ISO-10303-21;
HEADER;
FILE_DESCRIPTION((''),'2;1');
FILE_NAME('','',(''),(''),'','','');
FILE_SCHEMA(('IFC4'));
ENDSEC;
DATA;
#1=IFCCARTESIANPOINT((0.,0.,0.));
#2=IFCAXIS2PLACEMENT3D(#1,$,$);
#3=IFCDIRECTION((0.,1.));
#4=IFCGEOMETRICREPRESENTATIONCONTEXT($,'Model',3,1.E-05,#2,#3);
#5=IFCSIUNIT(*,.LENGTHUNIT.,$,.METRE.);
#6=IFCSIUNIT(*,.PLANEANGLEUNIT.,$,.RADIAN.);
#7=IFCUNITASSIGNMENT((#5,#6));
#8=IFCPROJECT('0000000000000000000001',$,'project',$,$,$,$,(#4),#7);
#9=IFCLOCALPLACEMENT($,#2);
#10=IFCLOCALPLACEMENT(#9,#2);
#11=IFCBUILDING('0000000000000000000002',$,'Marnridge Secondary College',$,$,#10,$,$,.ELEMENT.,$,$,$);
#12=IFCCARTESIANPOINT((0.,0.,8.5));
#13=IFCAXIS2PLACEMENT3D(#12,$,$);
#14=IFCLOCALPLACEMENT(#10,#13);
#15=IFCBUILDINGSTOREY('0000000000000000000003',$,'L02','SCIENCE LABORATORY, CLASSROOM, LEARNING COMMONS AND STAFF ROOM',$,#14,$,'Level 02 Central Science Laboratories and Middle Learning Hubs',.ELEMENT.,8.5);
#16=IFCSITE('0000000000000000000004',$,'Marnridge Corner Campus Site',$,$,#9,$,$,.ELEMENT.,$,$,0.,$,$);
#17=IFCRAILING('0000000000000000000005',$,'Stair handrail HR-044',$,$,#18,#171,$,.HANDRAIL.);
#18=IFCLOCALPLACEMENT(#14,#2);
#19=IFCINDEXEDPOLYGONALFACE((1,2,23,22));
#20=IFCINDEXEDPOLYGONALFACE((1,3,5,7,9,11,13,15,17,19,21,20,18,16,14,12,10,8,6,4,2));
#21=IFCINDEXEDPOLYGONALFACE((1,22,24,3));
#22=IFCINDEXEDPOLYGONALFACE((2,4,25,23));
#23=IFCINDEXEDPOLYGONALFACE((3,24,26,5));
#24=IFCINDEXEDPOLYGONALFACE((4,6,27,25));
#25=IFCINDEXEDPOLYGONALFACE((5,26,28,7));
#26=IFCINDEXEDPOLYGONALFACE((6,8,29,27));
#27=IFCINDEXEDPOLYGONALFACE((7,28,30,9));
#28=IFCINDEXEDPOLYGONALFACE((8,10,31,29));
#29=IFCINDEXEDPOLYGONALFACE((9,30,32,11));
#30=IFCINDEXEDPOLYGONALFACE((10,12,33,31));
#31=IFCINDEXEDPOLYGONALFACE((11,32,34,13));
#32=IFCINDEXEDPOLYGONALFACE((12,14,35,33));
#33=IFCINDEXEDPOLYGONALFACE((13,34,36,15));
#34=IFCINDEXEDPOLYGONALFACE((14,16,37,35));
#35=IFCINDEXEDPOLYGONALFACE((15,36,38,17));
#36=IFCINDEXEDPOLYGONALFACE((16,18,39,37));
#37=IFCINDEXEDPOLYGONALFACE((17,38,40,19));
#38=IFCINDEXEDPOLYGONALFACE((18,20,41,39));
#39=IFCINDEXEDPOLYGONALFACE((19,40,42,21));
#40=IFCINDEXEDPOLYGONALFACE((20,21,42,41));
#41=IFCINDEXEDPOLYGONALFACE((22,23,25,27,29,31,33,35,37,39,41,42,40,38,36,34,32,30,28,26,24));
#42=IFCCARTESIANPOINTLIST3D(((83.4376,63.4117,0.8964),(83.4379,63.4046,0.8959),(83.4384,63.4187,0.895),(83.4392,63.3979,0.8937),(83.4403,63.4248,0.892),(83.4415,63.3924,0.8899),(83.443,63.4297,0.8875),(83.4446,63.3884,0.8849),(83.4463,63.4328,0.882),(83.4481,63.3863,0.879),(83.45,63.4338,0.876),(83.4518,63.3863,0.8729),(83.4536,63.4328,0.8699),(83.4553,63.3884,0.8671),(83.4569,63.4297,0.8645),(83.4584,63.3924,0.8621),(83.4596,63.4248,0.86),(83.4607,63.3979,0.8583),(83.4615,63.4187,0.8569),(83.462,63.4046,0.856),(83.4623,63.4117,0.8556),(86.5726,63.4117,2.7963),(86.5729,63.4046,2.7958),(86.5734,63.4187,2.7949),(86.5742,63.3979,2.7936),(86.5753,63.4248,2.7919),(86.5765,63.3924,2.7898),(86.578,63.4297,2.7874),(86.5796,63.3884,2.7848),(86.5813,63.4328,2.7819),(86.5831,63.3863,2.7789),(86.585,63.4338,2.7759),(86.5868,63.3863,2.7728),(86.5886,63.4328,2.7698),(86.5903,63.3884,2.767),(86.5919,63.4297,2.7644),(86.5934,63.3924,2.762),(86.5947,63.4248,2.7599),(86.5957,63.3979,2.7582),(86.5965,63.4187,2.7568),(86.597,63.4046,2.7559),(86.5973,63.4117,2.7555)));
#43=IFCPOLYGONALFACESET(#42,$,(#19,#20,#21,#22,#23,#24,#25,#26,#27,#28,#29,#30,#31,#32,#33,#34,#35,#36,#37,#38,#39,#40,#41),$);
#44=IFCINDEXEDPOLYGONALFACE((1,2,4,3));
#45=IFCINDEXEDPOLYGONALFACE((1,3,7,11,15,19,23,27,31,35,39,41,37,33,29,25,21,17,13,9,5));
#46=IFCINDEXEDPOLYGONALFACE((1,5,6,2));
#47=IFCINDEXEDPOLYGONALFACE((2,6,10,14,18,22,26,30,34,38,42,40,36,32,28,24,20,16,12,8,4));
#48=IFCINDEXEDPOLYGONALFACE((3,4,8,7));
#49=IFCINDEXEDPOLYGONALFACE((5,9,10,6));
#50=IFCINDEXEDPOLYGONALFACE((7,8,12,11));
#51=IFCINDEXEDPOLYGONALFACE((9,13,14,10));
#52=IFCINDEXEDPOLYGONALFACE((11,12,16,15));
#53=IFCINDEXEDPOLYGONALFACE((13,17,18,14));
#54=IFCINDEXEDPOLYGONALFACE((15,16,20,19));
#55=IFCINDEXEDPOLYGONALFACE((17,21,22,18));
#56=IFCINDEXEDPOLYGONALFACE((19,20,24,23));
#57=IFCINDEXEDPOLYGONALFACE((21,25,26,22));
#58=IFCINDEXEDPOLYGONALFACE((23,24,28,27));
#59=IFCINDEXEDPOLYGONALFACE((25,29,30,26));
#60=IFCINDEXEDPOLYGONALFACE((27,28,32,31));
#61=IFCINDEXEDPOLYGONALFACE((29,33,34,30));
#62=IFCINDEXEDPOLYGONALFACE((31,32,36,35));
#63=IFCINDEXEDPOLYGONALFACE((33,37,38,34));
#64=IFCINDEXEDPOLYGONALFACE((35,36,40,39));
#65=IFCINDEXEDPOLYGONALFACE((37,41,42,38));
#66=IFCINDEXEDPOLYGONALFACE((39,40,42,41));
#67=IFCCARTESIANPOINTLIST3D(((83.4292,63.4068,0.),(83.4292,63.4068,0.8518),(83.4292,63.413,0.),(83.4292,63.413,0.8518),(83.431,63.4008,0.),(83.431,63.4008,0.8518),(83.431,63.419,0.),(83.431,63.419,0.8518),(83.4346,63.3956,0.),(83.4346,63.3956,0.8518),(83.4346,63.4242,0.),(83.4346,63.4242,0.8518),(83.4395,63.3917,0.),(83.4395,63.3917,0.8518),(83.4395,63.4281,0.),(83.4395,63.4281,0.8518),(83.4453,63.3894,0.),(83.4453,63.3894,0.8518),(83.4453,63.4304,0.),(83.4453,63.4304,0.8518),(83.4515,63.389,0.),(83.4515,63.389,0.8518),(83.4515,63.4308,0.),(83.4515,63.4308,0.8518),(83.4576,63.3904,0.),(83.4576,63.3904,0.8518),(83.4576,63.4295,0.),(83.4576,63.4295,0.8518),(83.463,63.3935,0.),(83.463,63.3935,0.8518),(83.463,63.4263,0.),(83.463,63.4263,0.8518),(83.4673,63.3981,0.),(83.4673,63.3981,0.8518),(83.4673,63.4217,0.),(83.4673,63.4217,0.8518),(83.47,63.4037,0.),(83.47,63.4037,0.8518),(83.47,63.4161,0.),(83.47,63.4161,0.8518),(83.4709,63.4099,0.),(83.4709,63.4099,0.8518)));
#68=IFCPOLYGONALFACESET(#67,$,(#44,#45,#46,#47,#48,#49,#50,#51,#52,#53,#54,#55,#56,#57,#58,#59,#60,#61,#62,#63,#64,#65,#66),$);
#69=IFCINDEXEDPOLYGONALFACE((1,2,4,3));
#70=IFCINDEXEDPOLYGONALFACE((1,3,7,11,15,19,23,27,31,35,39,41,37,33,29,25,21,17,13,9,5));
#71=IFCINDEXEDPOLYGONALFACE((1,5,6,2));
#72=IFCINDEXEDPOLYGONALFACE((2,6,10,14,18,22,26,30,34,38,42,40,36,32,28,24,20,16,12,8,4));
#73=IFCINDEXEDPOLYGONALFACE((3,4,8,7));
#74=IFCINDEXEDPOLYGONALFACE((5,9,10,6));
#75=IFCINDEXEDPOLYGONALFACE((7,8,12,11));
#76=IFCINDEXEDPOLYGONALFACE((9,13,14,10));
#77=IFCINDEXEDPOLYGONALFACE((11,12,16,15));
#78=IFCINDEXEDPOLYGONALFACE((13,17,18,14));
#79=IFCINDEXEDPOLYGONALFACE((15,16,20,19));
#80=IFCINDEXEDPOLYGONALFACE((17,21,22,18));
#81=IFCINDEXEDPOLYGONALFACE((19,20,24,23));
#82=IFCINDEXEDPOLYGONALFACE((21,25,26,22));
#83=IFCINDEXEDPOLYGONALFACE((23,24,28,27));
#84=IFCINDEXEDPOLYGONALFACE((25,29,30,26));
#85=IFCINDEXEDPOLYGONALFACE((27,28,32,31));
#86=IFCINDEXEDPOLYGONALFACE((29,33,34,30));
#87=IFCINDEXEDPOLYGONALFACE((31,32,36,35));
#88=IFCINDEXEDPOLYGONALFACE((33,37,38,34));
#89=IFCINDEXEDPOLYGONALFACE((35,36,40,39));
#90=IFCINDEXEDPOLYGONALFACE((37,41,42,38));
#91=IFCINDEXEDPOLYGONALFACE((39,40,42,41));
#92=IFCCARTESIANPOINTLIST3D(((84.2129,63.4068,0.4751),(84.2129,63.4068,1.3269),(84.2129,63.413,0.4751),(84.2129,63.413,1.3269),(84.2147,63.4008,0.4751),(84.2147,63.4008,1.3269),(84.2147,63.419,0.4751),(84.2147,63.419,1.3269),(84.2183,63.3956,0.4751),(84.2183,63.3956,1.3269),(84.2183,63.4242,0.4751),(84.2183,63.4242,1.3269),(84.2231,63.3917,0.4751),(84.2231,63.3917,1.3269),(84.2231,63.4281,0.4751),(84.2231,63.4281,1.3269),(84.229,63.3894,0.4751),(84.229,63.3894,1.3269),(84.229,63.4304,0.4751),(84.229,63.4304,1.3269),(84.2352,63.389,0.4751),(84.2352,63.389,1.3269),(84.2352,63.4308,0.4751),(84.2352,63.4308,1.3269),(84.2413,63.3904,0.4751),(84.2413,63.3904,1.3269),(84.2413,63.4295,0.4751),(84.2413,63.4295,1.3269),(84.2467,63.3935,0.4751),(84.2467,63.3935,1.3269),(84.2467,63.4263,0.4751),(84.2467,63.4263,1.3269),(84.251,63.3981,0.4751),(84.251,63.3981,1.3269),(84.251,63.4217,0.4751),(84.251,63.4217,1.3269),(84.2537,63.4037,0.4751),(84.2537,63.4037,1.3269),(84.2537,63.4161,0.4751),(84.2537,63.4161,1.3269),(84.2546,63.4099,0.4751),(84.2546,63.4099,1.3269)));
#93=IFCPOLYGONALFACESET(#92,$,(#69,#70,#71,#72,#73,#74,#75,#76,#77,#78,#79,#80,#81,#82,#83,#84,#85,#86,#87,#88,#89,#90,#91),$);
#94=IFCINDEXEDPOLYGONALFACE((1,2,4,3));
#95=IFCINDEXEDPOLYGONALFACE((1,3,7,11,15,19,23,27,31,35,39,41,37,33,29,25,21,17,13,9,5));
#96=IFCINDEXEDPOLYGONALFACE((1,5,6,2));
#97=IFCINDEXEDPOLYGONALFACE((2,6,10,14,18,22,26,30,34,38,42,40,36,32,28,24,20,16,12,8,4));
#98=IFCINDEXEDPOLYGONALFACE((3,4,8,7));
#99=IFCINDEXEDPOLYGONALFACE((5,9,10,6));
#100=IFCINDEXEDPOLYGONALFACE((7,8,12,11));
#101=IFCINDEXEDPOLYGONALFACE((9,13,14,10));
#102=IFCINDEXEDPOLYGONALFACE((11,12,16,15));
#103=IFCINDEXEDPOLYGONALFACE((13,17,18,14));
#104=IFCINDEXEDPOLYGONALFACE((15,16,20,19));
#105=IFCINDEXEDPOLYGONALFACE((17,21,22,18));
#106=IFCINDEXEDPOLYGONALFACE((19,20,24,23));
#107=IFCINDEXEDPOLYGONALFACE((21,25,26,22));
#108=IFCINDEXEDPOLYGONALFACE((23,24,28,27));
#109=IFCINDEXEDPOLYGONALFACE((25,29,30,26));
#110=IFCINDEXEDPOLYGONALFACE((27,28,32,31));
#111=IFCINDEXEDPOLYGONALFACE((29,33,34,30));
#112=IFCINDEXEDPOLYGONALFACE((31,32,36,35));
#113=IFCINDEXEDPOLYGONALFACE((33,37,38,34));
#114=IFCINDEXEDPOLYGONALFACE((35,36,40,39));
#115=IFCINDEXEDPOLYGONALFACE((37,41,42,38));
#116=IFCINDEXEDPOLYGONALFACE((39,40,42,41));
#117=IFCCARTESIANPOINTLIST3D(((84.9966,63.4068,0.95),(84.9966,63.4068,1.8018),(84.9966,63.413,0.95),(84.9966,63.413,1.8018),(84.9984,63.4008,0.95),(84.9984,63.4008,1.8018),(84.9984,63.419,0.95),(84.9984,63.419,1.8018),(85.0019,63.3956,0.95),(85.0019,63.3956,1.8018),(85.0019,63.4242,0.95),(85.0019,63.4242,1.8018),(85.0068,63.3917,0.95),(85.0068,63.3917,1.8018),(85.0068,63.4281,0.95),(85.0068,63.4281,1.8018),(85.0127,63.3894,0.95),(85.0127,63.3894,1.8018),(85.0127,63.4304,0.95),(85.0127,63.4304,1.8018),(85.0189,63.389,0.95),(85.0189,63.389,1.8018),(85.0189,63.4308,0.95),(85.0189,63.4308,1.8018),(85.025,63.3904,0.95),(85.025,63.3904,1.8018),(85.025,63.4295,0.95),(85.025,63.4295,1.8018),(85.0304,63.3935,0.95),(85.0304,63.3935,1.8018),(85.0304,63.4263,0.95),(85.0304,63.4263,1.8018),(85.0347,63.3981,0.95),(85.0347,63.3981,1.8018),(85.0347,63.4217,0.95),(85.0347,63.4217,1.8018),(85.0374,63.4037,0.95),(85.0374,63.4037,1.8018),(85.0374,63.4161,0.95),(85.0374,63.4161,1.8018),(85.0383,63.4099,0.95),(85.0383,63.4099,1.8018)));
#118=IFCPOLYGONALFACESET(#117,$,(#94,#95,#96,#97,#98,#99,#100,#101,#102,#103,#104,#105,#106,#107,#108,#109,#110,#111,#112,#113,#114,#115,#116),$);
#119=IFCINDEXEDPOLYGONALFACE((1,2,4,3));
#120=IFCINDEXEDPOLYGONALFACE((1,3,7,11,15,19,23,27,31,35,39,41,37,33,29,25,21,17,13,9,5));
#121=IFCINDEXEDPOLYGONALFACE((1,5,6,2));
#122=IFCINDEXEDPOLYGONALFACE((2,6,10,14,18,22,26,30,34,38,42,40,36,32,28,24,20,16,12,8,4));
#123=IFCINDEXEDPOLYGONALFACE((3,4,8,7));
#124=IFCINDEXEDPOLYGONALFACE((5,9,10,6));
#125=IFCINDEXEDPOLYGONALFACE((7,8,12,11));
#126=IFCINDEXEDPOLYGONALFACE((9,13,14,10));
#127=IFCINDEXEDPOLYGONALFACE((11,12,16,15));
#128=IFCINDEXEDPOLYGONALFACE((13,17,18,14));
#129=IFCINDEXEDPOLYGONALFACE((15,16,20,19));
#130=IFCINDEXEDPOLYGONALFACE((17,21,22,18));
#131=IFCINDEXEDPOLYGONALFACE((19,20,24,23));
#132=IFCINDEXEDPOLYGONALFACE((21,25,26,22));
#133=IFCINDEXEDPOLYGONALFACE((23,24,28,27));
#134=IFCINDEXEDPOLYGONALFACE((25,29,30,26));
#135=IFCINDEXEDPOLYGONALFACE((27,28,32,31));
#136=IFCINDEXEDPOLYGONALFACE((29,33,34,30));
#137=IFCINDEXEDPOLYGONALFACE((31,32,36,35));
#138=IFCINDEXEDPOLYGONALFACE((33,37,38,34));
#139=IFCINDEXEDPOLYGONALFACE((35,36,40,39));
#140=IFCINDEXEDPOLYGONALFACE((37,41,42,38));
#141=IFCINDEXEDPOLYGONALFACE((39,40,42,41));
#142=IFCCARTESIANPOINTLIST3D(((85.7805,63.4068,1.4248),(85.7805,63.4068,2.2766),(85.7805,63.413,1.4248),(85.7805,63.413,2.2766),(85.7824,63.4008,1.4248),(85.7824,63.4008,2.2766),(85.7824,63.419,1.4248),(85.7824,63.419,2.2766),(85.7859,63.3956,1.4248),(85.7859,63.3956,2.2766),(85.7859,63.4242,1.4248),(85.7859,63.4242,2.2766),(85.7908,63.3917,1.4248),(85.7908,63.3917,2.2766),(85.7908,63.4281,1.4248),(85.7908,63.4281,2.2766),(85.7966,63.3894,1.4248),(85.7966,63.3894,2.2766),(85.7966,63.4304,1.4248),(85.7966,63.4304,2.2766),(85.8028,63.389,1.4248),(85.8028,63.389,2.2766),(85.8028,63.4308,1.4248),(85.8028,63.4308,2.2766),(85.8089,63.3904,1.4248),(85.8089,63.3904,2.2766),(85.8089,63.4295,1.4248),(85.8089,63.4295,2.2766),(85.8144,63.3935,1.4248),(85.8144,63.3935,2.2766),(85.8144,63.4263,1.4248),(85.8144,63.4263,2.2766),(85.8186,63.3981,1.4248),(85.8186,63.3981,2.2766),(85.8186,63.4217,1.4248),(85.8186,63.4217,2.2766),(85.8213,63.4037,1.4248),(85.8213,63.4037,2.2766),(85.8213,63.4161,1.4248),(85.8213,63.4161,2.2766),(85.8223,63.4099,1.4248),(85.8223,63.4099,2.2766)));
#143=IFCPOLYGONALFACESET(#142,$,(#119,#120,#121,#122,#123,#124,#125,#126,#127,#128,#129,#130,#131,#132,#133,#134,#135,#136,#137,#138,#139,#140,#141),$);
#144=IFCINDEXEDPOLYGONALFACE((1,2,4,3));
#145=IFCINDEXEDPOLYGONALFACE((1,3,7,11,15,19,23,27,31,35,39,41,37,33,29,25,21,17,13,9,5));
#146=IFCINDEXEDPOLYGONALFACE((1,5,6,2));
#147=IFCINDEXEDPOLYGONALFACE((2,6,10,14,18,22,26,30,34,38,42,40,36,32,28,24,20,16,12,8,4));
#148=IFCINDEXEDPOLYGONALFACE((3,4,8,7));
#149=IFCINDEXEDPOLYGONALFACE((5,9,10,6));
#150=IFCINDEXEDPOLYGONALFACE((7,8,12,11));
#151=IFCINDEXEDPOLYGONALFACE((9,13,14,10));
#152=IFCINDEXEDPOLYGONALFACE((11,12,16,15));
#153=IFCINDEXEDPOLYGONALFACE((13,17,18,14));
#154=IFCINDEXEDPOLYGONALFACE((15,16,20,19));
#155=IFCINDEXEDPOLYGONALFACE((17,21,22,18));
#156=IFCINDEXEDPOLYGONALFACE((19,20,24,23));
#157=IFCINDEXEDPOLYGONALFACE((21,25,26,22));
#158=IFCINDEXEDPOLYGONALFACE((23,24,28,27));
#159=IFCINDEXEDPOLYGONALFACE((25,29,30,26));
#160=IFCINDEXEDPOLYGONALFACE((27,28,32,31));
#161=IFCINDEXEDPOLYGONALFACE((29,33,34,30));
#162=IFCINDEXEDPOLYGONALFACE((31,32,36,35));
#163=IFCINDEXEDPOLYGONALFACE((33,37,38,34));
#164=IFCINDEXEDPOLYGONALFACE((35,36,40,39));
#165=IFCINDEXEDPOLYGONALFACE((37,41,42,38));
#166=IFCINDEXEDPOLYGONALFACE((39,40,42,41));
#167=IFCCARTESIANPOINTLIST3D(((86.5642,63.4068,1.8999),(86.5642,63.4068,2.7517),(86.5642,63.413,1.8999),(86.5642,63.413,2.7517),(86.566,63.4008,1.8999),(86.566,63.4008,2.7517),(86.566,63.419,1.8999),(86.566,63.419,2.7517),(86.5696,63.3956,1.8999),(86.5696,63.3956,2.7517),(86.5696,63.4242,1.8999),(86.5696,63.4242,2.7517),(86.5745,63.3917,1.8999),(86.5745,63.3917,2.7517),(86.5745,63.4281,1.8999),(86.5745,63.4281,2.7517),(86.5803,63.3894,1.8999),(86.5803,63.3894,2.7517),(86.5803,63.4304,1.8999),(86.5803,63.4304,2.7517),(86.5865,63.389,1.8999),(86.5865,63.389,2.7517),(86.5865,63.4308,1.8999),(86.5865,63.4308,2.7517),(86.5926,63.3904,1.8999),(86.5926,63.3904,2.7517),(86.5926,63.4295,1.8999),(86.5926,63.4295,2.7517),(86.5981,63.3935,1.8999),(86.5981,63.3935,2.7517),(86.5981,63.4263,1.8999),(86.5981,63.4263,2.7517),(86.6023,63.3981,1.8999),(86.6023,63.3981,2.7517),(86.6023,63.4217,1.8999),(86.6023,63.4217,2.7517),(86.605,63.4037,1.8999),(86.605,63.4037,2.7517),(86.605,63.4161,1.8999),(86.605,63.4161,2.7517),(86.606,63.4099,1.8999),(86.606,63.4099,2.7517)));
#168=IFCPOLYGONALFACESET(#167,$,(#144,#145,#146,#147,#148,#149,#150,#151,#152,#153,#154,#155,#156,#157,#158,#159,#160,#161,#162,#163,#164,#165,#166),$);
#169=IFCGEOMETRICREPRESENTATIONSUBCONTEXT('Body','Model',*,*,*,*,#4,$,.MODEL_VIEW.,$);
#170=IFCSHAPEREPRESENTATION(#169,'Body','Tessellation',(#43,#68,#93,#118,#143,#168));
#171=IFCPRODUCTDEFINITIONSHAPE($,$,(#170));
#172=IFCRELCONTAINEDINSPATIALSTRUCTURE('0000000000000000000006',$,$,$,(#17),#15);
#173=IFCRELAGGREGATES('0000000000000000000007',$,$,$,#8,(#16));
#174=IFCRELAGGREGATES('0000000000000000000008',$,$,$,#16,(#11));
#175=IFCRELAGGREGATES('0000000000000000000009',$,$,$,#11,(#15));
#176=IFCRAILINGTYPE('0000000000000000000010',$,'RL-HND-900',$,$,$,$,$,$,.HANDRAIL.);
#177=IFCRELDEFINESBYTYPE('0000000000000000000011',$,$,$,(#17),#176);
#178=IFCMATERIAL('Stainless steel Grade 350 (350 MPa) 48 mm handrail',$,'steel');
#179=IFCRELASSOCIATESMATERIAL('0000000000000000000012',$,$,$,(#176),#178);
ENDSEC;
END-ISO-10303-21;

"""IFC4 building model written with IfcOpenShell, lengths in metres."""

from ifc_helpers import new_model, si_unit, direction, frame, origin, origin_2d, place, context, subcontext, project, spatial, circle, extrude, material, type_object, element, save


model = new_model("IFC4")

# Units and contexts
model_context = context("Model", 3, precision=1e-05, world=origin(), true_north=direction((0.0, 1.0)))
body_context = subcontext(model_context, "Body", "Model", "MODEL_VIEW")
ifc_project = project(units=[si_unit("LENGTHUNIT", "METRE"), si_unit("PLANEANGLEUNIT", "RADIAN")], contexts=[model_context])

# Site, building, storey
site_placement = place(None, origin())
site = spatial("IfcSite", under=ifc_project, at=site_placement, Name="Marnridge Corner Campus Site", CompositionType="ELEMENT", RefElevation=0.0)
building_placement = place(site_placement, origin())
building = spatial("IfcBuilding", under=site, at=building_placement, Name="Marnridge Secondary College", CompositionType="ELEMENT")
storey_placement = place(building_placement, frame((0.0, 0.0, 8.5)))
storey = spatial("IfcBuildingStorey", under=building, at=storey_placement, Name="L02", Description="SCIENCE LABORATORY, CLASSROOM, LEARNING COMMONS AND STAFF ROOM", LongName="Level 02 Central Science Laboratories and Middle Learning Hubs", CompositionType="ELEMENT", Elevation=8.5)

# Railing
ifc_material_1 = material(Name="Stainless steel Grade 350 (350 MPa) 48 mm handrail", Category="steel")
railing_type_1 = type_object("IfcRailingType", Name="RL-HND-900", PredefinedType="HANDRAIL", material=ifc_material_1)
for number, where, name in (
    (1, (83.45, 63.4099, 0.0), "Stair handrail HR-044"),
):
    element("IfcRailing", number, at=place(storey_placement, frame(where)), inside=storey, type_object=railing_type_1, Name=name, PredefinedType="HANDRAIL", context=body_context, shape_type="SweptSolid", body=[
        extrude(circle(Radius=0.0239, at=origin_2d()), frame((0.0, 0.0, 0.876), z_axis=(0.85521, 0.0, 0.518281), x_axis=(0.0, 1.0, 0.0)), (0.0, 0.0, 1.0), 3.6658),
        extrude(circle(Radius=0.021, at=origin_2d()), origin(), (0.0, 0.0, 1.0), 0.8518),
        extrude(circle(Radius=0.021, at=origin_2d()), frame((0.7837, 0.0, 0.4751)), (0.0, 0.0, 1.0), 0.8518),
        extrude(circle(Radius=0.021, at=origin_2d()), frame((1.5674, 0.0, 0.95)), (0.0, 0.0, 1.0), 0.8518),
        extrude(circle(Radius=0.021, at=origin_2d()), frame((2.3513, 0.0, 1.4248)), (0.0, 0.0, 1.0), 0.8518),
        extrude(circle(Radius=0.021, at=origin_2d()), frame((3.135, 0.0, 1.8999)), (0.0, 0.0, 1.0), 0.8518),
    ])

save(model, "model.ifc")
